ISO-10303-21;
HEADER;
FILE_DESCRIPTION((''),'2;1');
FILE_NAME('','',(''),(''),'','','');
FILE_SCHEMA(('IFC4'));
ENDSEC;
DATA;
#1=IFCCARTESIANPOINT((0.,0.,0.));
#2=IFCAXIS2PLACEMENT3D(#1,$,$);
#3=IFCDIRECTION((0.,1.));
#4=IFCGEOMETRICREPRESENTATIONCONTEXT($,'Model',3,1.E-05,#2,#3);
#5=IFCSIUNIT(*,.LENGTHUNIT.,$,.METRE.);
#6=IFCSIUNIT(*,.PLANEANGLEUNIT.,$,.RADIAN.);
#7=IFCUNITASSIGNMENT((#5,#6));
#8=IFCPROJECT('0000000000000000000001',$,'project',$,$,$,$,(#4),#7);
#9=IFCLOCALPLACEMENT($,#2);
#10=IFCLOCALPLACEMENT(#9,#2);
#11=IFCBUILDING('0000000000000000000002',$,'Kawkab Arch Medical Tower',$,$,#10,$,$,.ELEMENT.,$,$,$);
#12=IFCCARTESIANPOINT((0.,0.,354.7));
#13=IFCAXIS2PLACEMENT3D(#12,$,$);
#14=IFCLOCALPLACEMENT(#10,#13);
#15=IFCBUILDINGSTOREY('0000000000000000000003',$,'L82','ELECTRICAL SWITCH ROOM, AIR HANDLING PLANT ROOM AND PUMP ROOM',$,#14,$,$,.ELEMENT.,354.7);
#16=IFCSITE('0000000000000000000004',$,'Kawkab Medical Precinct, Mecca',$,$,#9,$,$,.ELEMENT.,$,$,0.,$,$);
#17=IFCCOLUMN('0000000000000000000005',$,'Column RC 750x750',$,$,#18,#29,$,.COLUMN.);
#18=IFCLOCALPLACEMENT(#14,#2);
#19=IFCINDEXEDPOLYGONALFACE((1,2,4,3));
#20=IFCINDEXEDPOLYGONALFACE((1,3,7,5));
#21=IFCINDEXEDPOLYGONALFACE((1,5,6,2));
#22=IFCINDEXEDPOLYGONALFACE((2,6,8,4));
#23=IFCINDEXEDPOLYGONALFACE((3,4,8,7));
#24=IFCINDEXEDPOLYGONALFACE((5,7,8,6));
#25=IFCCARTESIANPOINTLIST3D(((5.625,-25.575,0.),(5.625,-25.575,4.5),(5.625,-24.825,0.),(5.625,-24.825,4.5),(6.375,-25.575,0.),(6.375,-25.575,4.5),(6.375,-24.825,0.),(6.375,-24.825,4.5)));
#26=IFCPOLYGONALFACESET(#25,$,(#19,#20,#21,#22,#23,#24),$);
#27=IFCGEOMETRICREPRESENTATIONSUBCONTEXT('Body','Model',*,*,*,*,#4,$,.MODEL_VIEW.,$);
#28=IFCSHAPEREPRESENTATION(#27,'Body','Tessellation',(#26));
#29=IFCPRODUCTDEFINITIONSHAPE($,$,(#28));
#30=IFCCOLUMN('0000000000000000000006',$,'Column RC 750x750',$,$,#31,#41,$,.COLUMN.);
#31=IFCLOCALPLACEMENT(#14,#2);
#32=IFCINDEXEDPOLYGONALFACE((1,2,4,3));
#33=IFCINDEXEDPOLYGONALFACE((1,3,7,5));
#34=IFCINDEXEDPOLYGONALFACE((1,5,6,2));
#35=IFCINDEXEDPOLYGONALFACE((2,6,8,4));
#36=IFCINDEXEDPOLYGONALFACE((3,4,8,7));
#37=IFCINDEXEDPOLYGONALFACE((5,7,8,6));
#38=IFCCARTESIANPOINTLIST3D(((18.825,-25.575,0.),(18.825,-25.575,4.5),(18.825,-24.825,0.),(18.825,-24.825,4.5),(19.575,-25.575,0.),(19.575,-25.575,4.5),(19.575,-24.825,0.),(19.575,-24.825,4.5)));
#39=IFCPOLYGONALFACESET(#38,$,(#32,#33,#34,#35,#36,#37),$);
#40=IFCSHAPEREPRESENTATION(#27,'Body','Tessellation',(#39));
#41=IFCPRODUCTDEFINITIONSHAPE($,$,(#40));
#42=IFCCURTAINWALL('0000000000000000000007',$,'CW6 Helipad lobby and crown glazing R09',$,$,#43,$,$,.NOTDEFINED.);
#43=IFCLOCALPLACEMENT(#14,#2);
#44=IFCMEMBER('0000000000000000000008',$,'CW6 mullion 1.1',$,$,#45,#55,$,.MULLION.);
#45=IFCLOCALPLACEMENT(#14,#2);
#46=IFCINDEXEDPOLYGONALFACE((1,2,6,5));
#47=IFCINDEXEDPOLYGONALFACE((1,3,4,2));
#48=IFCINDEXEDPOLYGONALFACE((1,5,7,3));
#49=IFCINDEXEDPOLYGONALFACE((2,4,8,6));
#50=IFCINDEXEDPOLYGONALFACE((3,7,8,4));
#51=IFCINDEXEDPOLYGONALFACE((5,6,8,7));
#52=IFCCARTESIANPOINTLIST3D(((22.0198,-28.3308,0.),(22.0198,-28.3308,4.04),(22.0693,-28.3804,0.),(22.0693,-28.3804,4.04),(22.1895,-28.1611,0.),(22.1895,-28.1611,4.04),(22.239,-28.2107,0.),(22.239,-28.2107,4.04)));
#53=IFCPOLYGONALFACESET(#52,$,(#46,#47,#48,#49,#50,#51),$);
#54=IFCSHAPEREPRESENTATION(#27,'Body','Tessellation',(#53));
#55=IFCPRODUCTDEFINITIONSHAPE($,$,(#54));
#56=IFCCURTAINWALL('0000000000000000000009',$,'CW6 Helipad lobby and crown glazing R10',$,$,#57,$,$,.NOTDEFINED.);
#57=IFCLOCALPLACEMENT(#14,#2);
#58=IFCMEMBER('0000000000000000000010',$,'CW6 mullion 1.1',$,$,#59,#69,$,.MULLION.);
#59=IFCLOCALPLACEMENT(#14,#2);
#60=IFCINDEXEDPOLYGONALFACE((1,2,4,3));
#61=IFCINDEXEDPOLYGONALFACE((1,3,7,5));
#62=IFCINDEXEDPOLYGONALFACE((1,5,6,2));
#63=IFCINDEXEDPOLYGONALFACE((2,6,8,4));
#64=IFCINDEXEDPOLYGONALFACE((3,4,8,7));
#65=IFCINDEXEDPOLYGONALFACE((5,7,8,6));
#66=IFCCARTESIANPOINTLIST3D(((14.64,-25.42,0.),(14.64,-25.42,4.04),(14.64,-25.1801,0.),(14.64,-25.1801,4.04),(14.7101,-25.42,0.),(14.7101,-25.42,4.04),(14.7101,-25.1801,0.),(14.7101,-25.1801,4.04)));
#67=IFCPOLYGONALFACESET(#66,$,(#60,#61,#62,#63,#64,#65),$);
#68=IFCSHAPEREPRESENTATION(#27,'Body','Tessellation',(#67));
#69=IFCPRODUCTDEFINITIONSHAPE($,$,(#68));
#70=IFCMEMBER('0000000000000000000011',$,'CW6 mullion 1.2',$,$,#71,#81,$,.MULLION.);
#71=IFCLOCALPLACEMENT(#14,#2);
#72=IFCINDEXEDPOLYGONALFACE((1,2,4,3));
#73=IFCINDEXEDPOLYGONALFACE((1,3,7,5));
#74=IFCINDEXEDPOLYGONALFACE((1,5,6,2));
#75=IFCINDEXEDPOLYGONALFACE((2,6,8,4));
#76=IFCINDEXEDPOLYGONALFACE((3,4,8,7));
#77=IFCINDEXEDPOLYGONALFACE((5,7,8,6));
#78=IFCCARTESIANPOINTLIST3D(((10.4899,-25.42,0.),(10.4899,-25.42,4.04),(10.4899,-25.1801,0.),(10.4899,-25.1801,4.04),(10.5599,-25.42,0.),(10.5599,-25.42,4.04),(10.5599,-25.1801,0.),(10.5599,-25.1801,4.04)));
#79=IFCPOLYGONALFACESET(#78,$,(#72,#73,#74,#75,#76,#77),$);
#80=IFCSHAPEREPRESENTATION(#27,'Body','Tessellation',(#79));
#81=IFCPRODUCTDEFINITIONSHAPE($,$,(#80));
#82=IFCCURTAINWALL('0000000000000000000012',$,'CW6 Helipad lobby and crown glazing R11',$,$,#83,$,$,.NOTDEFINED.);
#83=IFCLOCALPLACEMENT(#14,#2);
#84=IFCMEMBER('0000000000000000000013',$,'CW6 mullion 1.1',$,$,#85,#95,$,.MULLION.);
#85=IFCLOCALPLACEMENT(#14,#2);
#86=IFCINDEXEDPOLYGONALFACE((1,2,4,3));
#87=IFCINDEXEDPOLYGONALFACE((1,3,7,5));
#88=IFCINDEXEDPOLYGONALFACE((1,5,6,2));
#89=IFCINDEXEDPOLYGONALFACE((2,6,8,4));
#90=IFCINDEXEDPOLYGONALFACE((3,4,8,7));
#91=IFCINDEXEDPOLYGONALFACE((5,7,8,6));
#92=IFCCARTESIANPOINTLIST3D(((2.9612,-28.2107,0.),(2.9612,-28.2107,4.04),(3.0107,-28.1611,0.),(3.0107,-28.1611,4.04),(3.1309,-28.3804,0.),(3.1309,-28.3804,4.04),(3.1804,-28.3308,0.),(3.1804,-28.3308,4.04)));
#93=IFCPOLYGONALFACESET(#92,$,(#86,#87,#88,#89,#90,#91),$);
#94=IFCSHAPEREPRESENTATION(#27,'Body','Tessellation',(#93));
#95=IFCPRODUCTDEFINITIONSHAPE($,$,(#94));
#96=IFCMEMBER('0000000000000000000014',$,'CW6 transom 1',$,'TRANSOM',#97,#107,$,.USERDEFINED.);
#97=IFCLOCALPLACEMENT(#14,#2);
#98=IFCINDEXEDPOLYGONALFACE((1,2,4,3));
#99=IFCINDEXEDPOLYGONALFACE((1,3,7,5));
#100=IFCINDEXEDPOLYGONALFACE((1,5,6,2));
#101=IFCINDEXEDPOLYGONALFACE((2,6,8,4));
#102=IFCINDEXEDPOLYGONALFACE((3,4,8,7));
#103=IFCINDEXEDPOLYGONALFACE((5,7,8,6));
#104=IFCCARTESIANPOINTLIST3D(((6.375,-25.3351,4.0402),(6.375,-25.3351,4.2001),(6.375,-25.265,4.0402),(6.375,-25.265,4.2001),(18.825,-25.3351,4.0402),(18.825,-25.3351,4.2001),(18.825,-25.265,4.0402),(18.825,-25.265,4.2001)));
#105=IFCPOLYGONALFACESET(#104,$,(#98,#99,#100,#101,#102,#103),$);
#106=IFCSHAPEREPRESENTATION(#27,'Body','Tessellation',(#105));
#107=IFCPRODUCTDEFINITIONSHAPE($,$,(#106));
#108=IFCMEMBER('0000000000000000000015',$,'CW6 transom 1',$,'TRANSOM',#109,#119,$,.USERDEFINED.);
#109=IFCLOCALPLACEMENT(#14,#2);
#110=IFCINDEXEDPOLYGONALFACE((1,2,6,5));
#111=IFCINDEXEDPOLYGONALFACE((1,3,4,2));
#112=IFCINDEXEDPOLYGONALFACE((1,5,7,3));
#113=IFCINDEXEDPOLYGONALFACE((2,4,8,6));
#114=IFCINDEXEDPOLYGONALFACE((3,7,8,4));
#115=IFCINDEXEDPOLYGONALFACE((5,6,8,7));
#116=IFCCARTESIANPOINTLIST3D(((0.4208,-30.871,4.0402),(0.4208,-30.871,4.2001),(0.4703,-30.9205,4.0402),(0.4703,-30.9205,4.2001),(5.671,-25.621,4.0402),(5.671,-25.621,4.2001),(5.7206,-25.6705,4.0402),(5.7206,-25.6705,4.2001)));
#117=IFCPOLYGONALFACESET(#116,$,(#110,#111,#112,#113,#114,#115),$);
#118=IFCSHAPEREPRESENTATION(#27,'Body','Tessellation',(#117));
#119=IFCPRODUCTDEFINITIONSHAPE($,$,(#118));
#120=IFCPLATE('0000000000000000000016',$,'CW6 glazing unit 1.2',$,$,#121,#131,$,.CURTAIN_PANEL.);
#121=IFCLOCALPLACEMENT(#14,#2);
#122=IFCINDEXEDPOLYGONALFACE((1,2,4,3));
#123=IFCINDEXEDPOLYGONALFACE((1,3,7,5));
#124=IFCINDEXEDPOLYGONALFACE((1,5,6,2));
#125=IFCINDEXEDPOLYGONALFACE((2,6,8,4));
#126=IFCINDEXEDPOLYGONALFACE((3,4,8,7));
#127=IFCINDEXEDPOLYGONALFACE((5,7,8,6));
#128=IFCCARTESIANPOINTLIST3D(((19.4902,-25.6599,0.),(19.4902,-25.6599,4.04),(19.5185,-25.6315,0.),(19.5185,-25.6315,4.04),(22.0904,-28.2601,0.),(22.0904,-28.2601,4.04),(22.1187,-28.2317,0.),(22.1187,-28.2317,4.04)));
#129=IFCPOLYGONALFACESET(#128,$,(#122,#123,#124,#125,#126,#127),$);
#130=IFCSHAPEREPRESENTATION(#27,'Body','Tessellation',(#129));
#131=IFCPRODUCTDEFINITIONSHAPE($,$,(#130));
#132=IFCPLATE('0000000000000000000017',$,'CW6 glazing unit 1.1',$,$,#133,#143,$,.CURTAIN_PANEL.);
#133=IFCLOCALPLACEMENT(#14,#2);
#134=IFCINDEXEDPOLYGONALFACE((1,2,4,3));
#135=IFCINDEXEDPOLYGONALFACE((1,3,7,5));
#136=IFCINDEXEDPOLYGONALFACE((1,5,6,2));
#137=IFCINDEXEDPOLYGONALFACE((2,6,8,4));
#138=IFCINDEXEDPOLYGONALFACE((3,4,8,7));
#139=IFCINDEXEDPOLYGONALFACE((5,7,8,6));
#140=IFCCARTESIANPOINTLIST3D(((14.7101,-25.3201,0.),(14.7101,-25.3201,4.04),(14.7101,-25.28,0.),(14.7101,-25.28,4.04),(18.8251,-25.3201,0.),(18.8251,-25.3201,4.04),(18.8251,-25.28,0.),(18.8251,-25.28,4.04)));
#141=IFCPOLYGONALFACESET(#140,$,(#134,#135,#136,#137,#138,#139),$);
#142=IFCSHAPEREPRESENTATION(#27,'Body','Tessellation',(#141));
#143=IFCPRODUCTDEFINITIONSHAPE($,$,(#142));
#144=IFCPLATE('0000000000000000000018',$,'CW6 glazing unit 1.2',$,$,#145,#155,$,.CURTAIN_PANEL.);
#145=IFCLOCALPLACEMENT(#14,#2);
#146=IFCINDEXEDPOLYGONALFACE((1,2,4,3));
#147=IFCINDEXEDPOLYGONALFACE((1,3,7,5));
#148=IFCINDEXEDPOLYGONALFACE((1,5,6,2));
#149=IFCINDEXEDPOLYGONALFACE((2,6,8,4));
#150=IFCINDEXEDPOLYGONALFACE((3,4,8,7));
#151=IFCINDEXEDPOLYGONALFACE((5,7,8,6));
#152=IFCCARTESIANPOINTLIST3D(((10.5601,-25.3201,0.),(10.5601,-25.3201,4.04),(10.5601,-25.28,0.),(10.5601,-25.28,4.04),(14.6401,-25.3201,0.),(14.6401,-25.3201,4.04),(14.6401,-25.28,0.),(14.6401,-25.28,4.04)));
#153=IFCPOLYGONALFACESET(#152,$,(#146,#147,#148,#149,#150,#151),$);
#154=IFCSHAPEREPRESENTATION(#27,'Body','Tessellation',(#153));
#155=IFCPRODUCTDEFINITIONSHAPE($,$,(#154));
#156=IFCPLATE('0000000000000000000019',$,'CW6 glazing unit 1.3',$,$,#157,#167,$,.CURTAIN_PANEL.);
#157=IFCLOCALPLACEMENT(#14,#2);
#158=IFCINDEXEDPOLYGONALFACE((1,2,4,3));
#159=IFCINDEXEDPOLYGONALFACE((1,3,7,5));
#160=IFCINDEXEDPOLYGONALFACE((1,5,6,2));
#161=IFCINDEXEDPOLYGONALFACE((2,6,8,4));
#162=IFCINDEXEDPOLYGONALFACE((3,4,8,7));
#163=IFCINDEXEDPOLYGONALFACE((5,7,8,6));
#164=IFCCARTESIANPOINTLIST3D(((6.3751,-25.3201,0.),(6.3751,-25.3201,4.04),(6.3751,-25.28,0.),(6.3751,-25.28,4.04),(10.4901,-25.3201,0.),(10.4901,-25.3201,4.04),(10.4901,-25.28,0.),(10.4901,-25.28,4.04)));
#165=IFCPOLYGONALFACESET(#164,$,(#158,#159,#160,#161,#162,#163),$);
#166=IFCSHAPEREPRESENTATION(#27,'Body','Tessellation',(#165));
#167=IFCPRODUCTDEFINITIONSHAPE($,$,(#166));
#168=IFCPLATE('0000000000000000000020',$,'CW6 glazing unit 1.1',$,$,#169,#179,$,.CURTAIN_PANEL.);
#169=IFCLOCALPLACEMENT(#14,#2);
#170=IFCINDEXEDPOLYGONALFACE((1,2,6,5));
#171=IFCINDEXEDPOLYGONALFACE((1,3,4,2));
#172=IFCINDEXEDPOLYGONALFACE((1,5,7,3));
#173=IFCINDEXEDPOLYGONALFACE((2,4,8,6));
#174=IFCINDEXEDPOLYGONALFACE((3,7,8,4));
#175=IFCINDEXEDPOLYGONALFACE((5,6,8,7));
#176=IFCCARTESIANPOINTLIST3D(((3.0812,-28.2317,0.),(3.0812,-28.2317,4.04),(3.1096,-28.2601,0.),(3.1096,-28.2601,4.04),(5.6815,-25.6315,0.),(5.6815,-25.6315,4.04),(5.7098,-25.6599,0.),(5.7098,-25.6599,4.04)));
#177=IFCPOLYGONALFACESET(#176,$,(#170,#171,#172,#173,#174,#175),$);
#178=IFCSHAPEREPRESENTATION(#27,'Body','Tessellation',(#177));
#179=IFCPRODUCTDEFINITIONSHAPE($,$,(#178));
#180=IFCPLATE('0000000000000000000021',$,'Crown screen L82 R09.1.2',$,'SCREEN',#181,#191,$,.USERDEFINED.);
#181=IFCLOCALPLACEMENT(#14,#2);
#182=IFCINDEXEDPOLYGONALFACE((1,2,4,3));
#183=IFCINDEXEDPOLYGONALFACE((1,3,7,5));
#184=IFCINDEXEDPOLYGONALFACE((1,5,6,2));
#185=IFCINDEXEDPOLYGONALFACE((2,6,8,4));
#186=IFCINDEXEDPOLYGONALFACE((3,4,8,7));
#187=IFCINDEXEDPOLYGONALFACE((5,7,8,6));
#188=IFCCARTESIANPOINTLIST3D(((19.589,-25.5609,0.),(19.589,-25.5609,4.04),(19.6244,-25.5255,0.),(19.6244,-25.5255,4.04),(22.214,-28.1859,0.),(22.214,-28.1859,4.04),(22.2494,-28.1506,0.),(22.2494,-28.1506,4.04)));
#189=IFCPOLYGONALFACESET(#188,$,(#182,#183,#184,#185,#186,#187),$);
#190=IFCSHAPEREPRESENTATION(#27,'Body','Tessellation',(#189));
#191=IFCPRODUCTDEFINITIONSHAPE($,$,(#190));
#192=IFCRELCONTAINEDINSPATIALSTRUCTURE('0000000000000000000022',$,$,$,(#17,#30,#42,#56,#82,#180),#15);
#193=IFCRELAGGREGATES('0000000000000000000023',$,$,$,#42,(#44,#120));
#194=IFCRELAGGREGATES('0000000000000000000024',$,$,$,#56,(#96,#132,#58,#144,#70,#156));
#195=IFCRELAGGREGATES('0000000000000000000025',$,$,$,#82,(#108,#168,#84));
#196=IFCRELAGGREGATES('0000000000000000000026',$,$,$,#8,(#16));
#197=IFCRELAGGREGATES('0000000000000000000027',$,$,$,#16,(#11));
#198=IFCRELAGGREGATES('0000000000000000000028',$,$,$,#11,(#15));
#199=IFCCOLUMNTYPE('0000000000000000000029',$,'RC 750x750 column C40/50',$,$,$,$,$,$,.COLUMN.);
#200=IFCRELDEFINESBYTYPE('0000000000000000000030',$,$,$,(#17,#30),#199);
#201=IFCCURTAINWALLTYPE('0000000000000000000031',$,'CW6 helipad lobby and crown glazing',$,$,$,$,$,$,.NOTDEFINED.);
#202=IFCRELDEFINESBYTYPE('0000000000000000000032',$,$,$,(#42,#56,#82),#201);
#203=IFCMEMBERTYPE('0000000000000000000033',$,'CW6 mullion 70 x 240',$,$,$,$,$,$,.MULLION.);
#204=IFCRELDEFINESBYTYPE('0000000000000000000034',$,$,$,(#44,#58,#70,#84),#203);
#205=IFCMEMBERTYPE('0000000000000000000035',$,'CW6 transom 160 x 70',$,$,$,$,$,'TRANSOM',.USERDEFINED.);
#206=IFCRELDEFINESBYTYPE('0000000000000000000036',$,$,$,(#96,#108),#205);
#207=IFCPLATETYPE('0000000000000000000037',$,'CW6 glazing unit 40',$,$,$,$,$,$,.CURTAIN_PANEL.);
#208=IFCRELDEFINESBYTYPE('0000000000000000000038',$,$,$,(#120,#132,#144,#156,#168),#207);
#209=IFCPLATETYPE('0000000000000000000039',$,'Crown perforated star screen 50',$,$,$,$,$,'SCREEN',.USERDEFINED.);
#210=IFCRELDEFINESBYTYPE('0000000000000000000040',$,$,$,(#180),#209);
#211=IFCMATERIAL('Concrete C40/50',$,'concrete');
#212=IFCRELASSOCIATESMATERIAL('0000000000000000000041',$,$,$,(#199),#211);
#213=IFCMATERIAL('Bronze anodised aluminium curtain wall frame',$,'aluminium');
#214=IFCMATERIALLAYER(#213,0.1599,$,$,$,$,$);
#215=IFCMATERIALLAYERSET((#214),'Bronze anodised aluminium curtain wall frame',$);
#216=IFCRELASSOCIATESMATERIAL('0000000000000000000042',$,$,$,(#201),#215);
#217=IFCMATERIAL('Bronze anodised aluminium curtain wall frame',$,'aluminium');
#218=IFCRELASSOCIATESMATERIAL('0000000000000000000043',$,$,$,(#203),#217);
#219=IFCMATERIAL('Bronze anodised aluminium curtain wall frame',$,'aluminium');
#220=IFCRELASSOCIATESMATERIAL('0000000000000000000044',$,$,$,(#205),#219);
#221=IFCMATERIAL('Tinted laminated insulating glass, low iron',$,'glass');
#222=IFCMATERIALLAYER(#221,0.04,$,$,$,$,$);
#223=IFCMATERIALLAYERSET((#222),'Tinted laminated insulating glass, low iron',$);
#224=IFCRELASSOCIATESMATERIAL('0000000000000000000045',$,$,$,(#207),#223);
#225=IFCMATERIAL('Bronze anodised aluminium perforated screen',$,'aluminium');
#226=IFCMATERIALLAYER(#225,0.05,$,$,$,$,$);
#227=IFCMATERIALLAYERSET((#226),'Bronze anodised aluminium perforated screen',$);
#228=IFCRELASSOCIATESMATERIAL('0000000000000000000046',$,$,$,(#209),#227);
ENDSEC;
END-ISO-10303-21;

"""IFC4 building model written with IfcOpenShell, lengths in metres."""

from ifc_helpers import new_model, si_unit, direction, frame, origin, origin_2d, place, context, subcontext, project, spatial, rectangle, extrude, material, layer, layer_set, material_profile, profile_set, type_object, element, aggregate, save


model = new_model("IFC4")

# Units and contexts
model_context = context("Model", 3, precision=1e-05, world=origin(), true_north=direction((0.0, 1.0)))
body_context = subcontext(model_context, "Body", "Model", "MODEL_VIEW")
ifc_project = project(units=[si_unit("LENGTHUNIT", "METRE"), si_unit("PLANEANGLEUNIT", "RADIAN")], contexts=[model_context])

# Site, building, storey
site_placement = place(None, origin())
site = spatial("IfcSite", under=ifc_project, at=site_placement, Name="Kawkab Medical Precinct, Mecca", CompositionType="ELEMENT", RefElevation=0.0)
building_placement = place(site_placement, origin())
building = spatial("IfcBuilding", under=site, at=building_placement, Name="Kawkab Arch Medical Tower", CompositionType="ELEMENT")
storey_placement = place(building_placement, frame((0.0, 0.0, 354.7)))
storey = spatial("IfcBuildingStorey", under=building, at=storey_placement, Name="L82", Description="ELECTRICAL SWITCH ROOM, AIR HANDLING PLANT ROOM AND PUMP ROOM", CompositionType="ELEMENT", Elevation=354.7)

# Columns
ifc_material_1 = material(Name="Concrete C40/50", Category="concrete")
ifc_material_profile_1 = material_profile(ifc_material_1, rectangle(XDim=0.75, YDim=0.75, at=origin_2d()), Name="RC 750x750")
ifc_profile_set_1 = profile_set([ifc_material_profile_1], Name="Concrete C40/50")
column_type = type_object("IfcColumnType", Name="RC 750x750 column C40/50", PredefinedType="COLUMN", material=ifc_profile_set_1)
for number, where, z_axis, x_axis, name in (
    (1, (6.0, -25.2, 0.0), (0.0, 0.0, 1.0), (1.0, 0.0, 0.0), "Column RC 750x750"),
    (2, (19.2, -25.2, 0.0), (0.0, 0.0, 1.0), (1.0, 0.0, 0.0), "Column RC 750x750"),
):
    element("IfcColumn", number, at=place(storey_placement, frame(where, z_axis=z_axis, x_axis=x_axis)), inside=storey, type_object=column_type, Name=name, PredefinedType="COLUMN", context=body_context, shape_type="SweptSolid", body=[
        extrude(rectangle(XDim=0.75, YDim=0.75, at=origin_2d()), origin(), (0.0, 0.0, 1.0), 4.5),
    ])

# Curtain wall, member
ifc_material_2 = material(Name="Bronze anodised aluminium curtain wall frame", Category="aluminium")
ifc_layer_1 = layer(ifc_material_2, 0.1599)
ifc_layer_set_1 = layer_set([ifc_layer_1], Name="Bronze anodised aluminium curtain wall frame")
curtain_wall_type = type_object("IfcCurtainWallType", Name="CW6 helipad lobby and crown glazing", PredefinedType="NOTDEFINED", material=ifc_layer_set_1)
placement_1 = place(storey_placement, origin())
curtain_wall_1 = element("IfcCurtainWall", 3, at=placement_1, inside=storey, type_object=curtain_wall_type, Name="CW6 Helipad lobby and crown glazing R09", PredefinedType="NOTDEFINED")
ifc_material_3 = material(Name="Bronze anodised aluminium curtain wall frame", Category="aluminium")
ifc_material_profile_2 = material_profile(ifc_material_3, rectangle(XDim=0.24, YDim=0.0701, at=origin_2d()), Name="AL 70x240")
ifc_profile_set_2 = profile_set([ifc_material_profile_2], Name="Bronze anodised aluminium curtain wall frame")
member_type_1 = type_object("IfcMemberType", Name="CW6 mullion 70 x 240", PredefinedType="MULLION", material=ifc_profile_set_2)
member_1_placement = place(storey_placement, frame((22.1294, -28.2708, 0.0), z_axis=(0.0, 0.0, 1.0), x_axis=(-0.707107, -0.707107, 0.0)))
member_1 = element("IfcMember", 4, at=member_1_placement, type_object=member_type_1, Name="CW6 mullion 1.1", PredefinedType="MULLION", context=body_context, shape_type="SweptSolid", body=[
    extrude(rectangle(XDim=0.24, YDim=0.0701, at=origin_2d()), origin(), (0.0, 0.0, 1.0), 4.04),
])

# Curtain wall, members
curtain_wall_2 = element("IfcCurtainWall", 5, at=placement_1, inside=storey, type_object=curtain_wall_type, Name="CW6 Helipad lobby and crown glazing R10", PredefinedType="NOTDEFINED")
member_2_placement = place(storey_placement, frame((14.675, -25.3, 0.0), z_axis=(0.0, 0.0, 1.0), x_axis=(0.0, -1.0, 0.0)))
member_2 = element("IfcMember", 6, at=member_2_placement, type_object=member_type_1, Name="CW6 mullion 1.1", PredefinedType="MULLION", context=body_context, shape_type="SweptSolid", body=[
    extrude(rectangle(XDim=0.24, YDim=0.0701, at=origin_2d()), origin(), (0.0, 0.0, 1.0), 4.04),
])
member_3_placement = place(storey_placement, frame((10.5249, -25.3, 0.0), z_axis=(0.0, 0.0, 1.0), x_axis=(0.0, -1.0, 0.0)))
member_3 = element("IfcMember", 7, at=member_3_placement, type_object=member_type_1, Name="CW6 mullion 1.2", PredefinedType="MULLION", context=body_context, shape_type="SweptSolid", body=[
    extrude(rectangle(XDim=0.24, YDim=0.0701, at=origin_2d()), origin(), (0.0, 0.0, 1.0), 4.04),
])

# Curtain wall, member
curtain_wall_3 = element("IfcCurtainWall", 8, at=placement_1, inside=storey, type_object=curtain_wall_type, Name="CW6 Helipad lobby and crown glazing R11", PredefinedType="NOTDEFINED")
member_4_placement = place(storey_placement, frame((3.0708, -28.2708, 0.0), z_axis=(0.0, 0.0, 1.0), x_axis=(0.707107, -0.707107, 0.0)))
member_4 = element("IfcMember", 9, at=member_4_placement, type_object=member_type_1, Name="CW6 mullion 1.1", PredefinedType="MULLION", context=body_context, shape_type="SweptSolid", body=[
    extrude(rectangle(XDim=0.24, YDim=0.0701, at=origin_2d()), origin(), (0.0, 0.0, 1.0), 4.04),
])

# Members
ifc_material_4 = material(Name="Bronze anodised aluminium curtain wall frame", Category="aluminium")
ifc_material_profile_3 = material_profile(ifc_material_4, rectangle(XDim=0.0701, YDim=0.1599, at=origin_2d()), Name="AL 70x160")
ifc_profile_set_3 = profile_set([ifc_material_profile_3], Name="Bronze anodised aluminium curtain wall frame")
member_type_2 = type_object("IfcMemberType", Name="CW6 transom 160 x 70", ElementType="TRANSOM", PredefinedType="USERDEFINED", material=ifc_profile_set_3)
member_5_placement = place(storey_placement, frame((18.825, -25.3, 4.1201), z_axis=(-1.0, 0.0, 0.0), x_axis=(0.0, -1.0, 0.0)))
member_5 = element("IfcMember", 10, at=member_5_placement, type_object=member_type_2, Name="CW6 transom 1", ObjectType="TRANSOM", PredefinedType="USERDEFINED", context=body_context, shape_type="SweptSolid", body=[
    extrude(rectangle(XDim=0.0701, YDim=0.1599, at=origin_2d()), origin(), (0.0, 0.0, 1.0), 12.45),
])
member_6_placement = place(storey_placement, frame((5.6958, -25.6458, 4.1201), z_axis=(-0.707123, -0.70709, 0.0), x_axis=(0.70709, -0.707123, 0.0)))
member_6 = element("IfcMember", 11, at=member_6_placement, type_object=member_type_2, Name="CW6 transom 1", ObjectType="TRANSOM", PredefinedType="USERDEFINED", context=body_context, shape_type="SweptSolid", body=[
    extrude(rectangle(XDim=0.0701, YDim=0.1599, at=origin_2d()), origin(), (0.0, 0.0, 1.0), 7.4248),
])

# Plates
ifc_material_5 = material(Name="Tinted laminated insulating glass, low iron", Category="glass")
ifc_layer_2 = layer(ifc_material_5, 0.04)
ifc_layer_set_2 = layer_set([ifc_layer_2], Name="Tinted laminated insulating glass, low iron")
plate_type_1 = type_object("IfcPlateType", Name="CW6 glazing unit 40", PredefinedType="CURTAIN_PANEL", material=ifc_layer_set_2)
plate_1_placement = place(storey_placement, frame((20.8044, -26.9458, 0.0), z_axis=(0.0, 0.0, 1.0), x_axis=(-0.707107, 0.707107, 0.0)))
plate_1 = element("IfcPlate", 12, at=plate_1_placement, type_object=plate_type_1, Name="CW6 glazing unit 1.2", PredefinedType="CURTAIN_PANEL", context=body_context, shape_type="SweptSolid", body=[
    extrude(rectangle(XDim=3.6772, YDim=0.04, at=origin_2d()), origin(), (0.0, 0.0, 1.0), 4.04),
])
aggregate(curtain_wall_1, [member_1, plate_1])
plate_2_placement = place(storey_placement, frame((16.7676, -25.3, 0.0), z_axis=(0.0, 0.0, 1.0), x_axis=(-1.0, 0.0, 0.0)))
plate_2 = element("IfcPlate", 13, at=plate_2_placement, type_object=plate_type_1, Name="CW6 glazing unit 1.1", PredefinedType="CURTAIN_PANEL", context=body_context, shape_type="SweptSolid", body=[
    extrude(rectangle(XDim=4.115, YDim=0.04, at=origin_2d()), origin(), (0.0, 0.0, 1.0), 4.04),
])
plate_3_placement = place(storey_placement, frame((12.6001, -25.3, 0.0), z_axis=(0.0, 0.0, 1.0), x_axis=(-1.0, 0.0, 0.0)))
plate_3 = element("IfcPlate", 14, at=plate_3_placement, type_object=plate_type_1, Name="CW6 glazing unit 1.2", PredefinedType="CURTAIN_PANEL", context=body_context, shape_type="SweptSolid", body=[
    extrude(rectangle(XDim=4.0801, YDim=0.04, at=origin_2d()), origin(), (0.0, 0.0, 1.0), 4.04),
])
plate_4_placement = place(storey_placement, frame((8.4326, -25.3, 0.0), z_axis=(0.0, 0.0, 1.0), x_axis=(-1.0, 0.0, 0.0)))
plate_4 = element("IfcPlate", 15, at=plate_4_placement, type_object=plate_type_1, Name="CW6 glazing unit 1.3", PredefinedType="CURTAIN_PANEL", context=body_context, shape_type="SweptSolid", body=[
    extrude(rectangle(XDim=4.115, YDim=0.04, at=origin_2d()), origin(), (0.0, 0.0, 1.0), 4.04),
])
aggregate(curtain_wall_2, [member_5, plate_2, member_2, plate_3, member_3, plate_4])
plate_5_placement = place(storey_placement, frame((4.3955, -26.9458, 0.0), z_axis=(0.0, 0.0, 1.0), x_axis=(-0.707107, -0.707107, 0.0)))
plate_5 = element("IfcPlate", 16, at=plate_5_placement, type_object=plate_type_1, Name="CW6 glazing unit 1.1", PredefinedType="CURTAIN_PANEL", context=body_context, shape_type="SweptSolid", body=[
    extrude(rectangle(XDim=3.6772, YDim=0.04, at=origin_2d()), origin(), (0.0, 0.0, 1.0), 4.04),
])
aggregate(curtain_wall_3, [member_6, plate_5, member_4])

# Plate
ifc_material_6 = material(Name="Bronze anodised aluminium perforated screen", Category="aluminium")
ifc_layer_3 = layer(ifc_material_6, 0.05)
ifc_layer_set_3 = layer_set([ifc_layer_3], Name="Bronze anodised aluminium perforated screen")
plate_type_2 = type_object("IfcPlateType", Name="Crown perforated star screen 50", ElementType="SCREEN", PredefinedType="USERDEFINED", material=ifc_layer_set_3)
plate_6_placement = place(storey_placement, frame((20.9192, -26.8557, 0.0), z_axis=(0.0, 0.0, 1.0), x_axis=(-0.707107, 0.707107, 0.0)))
element("IfcPlate", 17, at=plate_6_placement, inside=storey, type_object=plate_type_2, Name="Crown screen L82 R09.1.2", ObjectType="SCREEN", PredefinedType="USERDEFINED", context=body_context, shape_type="SweptSolid", body=[
    extrude(rectangle(XDim=3.7124, YDim=0.05, at=origin_2d()), origin(), (0.0, 0.0, 1.0), 4.04),
])

save(model, "model.ifc")
